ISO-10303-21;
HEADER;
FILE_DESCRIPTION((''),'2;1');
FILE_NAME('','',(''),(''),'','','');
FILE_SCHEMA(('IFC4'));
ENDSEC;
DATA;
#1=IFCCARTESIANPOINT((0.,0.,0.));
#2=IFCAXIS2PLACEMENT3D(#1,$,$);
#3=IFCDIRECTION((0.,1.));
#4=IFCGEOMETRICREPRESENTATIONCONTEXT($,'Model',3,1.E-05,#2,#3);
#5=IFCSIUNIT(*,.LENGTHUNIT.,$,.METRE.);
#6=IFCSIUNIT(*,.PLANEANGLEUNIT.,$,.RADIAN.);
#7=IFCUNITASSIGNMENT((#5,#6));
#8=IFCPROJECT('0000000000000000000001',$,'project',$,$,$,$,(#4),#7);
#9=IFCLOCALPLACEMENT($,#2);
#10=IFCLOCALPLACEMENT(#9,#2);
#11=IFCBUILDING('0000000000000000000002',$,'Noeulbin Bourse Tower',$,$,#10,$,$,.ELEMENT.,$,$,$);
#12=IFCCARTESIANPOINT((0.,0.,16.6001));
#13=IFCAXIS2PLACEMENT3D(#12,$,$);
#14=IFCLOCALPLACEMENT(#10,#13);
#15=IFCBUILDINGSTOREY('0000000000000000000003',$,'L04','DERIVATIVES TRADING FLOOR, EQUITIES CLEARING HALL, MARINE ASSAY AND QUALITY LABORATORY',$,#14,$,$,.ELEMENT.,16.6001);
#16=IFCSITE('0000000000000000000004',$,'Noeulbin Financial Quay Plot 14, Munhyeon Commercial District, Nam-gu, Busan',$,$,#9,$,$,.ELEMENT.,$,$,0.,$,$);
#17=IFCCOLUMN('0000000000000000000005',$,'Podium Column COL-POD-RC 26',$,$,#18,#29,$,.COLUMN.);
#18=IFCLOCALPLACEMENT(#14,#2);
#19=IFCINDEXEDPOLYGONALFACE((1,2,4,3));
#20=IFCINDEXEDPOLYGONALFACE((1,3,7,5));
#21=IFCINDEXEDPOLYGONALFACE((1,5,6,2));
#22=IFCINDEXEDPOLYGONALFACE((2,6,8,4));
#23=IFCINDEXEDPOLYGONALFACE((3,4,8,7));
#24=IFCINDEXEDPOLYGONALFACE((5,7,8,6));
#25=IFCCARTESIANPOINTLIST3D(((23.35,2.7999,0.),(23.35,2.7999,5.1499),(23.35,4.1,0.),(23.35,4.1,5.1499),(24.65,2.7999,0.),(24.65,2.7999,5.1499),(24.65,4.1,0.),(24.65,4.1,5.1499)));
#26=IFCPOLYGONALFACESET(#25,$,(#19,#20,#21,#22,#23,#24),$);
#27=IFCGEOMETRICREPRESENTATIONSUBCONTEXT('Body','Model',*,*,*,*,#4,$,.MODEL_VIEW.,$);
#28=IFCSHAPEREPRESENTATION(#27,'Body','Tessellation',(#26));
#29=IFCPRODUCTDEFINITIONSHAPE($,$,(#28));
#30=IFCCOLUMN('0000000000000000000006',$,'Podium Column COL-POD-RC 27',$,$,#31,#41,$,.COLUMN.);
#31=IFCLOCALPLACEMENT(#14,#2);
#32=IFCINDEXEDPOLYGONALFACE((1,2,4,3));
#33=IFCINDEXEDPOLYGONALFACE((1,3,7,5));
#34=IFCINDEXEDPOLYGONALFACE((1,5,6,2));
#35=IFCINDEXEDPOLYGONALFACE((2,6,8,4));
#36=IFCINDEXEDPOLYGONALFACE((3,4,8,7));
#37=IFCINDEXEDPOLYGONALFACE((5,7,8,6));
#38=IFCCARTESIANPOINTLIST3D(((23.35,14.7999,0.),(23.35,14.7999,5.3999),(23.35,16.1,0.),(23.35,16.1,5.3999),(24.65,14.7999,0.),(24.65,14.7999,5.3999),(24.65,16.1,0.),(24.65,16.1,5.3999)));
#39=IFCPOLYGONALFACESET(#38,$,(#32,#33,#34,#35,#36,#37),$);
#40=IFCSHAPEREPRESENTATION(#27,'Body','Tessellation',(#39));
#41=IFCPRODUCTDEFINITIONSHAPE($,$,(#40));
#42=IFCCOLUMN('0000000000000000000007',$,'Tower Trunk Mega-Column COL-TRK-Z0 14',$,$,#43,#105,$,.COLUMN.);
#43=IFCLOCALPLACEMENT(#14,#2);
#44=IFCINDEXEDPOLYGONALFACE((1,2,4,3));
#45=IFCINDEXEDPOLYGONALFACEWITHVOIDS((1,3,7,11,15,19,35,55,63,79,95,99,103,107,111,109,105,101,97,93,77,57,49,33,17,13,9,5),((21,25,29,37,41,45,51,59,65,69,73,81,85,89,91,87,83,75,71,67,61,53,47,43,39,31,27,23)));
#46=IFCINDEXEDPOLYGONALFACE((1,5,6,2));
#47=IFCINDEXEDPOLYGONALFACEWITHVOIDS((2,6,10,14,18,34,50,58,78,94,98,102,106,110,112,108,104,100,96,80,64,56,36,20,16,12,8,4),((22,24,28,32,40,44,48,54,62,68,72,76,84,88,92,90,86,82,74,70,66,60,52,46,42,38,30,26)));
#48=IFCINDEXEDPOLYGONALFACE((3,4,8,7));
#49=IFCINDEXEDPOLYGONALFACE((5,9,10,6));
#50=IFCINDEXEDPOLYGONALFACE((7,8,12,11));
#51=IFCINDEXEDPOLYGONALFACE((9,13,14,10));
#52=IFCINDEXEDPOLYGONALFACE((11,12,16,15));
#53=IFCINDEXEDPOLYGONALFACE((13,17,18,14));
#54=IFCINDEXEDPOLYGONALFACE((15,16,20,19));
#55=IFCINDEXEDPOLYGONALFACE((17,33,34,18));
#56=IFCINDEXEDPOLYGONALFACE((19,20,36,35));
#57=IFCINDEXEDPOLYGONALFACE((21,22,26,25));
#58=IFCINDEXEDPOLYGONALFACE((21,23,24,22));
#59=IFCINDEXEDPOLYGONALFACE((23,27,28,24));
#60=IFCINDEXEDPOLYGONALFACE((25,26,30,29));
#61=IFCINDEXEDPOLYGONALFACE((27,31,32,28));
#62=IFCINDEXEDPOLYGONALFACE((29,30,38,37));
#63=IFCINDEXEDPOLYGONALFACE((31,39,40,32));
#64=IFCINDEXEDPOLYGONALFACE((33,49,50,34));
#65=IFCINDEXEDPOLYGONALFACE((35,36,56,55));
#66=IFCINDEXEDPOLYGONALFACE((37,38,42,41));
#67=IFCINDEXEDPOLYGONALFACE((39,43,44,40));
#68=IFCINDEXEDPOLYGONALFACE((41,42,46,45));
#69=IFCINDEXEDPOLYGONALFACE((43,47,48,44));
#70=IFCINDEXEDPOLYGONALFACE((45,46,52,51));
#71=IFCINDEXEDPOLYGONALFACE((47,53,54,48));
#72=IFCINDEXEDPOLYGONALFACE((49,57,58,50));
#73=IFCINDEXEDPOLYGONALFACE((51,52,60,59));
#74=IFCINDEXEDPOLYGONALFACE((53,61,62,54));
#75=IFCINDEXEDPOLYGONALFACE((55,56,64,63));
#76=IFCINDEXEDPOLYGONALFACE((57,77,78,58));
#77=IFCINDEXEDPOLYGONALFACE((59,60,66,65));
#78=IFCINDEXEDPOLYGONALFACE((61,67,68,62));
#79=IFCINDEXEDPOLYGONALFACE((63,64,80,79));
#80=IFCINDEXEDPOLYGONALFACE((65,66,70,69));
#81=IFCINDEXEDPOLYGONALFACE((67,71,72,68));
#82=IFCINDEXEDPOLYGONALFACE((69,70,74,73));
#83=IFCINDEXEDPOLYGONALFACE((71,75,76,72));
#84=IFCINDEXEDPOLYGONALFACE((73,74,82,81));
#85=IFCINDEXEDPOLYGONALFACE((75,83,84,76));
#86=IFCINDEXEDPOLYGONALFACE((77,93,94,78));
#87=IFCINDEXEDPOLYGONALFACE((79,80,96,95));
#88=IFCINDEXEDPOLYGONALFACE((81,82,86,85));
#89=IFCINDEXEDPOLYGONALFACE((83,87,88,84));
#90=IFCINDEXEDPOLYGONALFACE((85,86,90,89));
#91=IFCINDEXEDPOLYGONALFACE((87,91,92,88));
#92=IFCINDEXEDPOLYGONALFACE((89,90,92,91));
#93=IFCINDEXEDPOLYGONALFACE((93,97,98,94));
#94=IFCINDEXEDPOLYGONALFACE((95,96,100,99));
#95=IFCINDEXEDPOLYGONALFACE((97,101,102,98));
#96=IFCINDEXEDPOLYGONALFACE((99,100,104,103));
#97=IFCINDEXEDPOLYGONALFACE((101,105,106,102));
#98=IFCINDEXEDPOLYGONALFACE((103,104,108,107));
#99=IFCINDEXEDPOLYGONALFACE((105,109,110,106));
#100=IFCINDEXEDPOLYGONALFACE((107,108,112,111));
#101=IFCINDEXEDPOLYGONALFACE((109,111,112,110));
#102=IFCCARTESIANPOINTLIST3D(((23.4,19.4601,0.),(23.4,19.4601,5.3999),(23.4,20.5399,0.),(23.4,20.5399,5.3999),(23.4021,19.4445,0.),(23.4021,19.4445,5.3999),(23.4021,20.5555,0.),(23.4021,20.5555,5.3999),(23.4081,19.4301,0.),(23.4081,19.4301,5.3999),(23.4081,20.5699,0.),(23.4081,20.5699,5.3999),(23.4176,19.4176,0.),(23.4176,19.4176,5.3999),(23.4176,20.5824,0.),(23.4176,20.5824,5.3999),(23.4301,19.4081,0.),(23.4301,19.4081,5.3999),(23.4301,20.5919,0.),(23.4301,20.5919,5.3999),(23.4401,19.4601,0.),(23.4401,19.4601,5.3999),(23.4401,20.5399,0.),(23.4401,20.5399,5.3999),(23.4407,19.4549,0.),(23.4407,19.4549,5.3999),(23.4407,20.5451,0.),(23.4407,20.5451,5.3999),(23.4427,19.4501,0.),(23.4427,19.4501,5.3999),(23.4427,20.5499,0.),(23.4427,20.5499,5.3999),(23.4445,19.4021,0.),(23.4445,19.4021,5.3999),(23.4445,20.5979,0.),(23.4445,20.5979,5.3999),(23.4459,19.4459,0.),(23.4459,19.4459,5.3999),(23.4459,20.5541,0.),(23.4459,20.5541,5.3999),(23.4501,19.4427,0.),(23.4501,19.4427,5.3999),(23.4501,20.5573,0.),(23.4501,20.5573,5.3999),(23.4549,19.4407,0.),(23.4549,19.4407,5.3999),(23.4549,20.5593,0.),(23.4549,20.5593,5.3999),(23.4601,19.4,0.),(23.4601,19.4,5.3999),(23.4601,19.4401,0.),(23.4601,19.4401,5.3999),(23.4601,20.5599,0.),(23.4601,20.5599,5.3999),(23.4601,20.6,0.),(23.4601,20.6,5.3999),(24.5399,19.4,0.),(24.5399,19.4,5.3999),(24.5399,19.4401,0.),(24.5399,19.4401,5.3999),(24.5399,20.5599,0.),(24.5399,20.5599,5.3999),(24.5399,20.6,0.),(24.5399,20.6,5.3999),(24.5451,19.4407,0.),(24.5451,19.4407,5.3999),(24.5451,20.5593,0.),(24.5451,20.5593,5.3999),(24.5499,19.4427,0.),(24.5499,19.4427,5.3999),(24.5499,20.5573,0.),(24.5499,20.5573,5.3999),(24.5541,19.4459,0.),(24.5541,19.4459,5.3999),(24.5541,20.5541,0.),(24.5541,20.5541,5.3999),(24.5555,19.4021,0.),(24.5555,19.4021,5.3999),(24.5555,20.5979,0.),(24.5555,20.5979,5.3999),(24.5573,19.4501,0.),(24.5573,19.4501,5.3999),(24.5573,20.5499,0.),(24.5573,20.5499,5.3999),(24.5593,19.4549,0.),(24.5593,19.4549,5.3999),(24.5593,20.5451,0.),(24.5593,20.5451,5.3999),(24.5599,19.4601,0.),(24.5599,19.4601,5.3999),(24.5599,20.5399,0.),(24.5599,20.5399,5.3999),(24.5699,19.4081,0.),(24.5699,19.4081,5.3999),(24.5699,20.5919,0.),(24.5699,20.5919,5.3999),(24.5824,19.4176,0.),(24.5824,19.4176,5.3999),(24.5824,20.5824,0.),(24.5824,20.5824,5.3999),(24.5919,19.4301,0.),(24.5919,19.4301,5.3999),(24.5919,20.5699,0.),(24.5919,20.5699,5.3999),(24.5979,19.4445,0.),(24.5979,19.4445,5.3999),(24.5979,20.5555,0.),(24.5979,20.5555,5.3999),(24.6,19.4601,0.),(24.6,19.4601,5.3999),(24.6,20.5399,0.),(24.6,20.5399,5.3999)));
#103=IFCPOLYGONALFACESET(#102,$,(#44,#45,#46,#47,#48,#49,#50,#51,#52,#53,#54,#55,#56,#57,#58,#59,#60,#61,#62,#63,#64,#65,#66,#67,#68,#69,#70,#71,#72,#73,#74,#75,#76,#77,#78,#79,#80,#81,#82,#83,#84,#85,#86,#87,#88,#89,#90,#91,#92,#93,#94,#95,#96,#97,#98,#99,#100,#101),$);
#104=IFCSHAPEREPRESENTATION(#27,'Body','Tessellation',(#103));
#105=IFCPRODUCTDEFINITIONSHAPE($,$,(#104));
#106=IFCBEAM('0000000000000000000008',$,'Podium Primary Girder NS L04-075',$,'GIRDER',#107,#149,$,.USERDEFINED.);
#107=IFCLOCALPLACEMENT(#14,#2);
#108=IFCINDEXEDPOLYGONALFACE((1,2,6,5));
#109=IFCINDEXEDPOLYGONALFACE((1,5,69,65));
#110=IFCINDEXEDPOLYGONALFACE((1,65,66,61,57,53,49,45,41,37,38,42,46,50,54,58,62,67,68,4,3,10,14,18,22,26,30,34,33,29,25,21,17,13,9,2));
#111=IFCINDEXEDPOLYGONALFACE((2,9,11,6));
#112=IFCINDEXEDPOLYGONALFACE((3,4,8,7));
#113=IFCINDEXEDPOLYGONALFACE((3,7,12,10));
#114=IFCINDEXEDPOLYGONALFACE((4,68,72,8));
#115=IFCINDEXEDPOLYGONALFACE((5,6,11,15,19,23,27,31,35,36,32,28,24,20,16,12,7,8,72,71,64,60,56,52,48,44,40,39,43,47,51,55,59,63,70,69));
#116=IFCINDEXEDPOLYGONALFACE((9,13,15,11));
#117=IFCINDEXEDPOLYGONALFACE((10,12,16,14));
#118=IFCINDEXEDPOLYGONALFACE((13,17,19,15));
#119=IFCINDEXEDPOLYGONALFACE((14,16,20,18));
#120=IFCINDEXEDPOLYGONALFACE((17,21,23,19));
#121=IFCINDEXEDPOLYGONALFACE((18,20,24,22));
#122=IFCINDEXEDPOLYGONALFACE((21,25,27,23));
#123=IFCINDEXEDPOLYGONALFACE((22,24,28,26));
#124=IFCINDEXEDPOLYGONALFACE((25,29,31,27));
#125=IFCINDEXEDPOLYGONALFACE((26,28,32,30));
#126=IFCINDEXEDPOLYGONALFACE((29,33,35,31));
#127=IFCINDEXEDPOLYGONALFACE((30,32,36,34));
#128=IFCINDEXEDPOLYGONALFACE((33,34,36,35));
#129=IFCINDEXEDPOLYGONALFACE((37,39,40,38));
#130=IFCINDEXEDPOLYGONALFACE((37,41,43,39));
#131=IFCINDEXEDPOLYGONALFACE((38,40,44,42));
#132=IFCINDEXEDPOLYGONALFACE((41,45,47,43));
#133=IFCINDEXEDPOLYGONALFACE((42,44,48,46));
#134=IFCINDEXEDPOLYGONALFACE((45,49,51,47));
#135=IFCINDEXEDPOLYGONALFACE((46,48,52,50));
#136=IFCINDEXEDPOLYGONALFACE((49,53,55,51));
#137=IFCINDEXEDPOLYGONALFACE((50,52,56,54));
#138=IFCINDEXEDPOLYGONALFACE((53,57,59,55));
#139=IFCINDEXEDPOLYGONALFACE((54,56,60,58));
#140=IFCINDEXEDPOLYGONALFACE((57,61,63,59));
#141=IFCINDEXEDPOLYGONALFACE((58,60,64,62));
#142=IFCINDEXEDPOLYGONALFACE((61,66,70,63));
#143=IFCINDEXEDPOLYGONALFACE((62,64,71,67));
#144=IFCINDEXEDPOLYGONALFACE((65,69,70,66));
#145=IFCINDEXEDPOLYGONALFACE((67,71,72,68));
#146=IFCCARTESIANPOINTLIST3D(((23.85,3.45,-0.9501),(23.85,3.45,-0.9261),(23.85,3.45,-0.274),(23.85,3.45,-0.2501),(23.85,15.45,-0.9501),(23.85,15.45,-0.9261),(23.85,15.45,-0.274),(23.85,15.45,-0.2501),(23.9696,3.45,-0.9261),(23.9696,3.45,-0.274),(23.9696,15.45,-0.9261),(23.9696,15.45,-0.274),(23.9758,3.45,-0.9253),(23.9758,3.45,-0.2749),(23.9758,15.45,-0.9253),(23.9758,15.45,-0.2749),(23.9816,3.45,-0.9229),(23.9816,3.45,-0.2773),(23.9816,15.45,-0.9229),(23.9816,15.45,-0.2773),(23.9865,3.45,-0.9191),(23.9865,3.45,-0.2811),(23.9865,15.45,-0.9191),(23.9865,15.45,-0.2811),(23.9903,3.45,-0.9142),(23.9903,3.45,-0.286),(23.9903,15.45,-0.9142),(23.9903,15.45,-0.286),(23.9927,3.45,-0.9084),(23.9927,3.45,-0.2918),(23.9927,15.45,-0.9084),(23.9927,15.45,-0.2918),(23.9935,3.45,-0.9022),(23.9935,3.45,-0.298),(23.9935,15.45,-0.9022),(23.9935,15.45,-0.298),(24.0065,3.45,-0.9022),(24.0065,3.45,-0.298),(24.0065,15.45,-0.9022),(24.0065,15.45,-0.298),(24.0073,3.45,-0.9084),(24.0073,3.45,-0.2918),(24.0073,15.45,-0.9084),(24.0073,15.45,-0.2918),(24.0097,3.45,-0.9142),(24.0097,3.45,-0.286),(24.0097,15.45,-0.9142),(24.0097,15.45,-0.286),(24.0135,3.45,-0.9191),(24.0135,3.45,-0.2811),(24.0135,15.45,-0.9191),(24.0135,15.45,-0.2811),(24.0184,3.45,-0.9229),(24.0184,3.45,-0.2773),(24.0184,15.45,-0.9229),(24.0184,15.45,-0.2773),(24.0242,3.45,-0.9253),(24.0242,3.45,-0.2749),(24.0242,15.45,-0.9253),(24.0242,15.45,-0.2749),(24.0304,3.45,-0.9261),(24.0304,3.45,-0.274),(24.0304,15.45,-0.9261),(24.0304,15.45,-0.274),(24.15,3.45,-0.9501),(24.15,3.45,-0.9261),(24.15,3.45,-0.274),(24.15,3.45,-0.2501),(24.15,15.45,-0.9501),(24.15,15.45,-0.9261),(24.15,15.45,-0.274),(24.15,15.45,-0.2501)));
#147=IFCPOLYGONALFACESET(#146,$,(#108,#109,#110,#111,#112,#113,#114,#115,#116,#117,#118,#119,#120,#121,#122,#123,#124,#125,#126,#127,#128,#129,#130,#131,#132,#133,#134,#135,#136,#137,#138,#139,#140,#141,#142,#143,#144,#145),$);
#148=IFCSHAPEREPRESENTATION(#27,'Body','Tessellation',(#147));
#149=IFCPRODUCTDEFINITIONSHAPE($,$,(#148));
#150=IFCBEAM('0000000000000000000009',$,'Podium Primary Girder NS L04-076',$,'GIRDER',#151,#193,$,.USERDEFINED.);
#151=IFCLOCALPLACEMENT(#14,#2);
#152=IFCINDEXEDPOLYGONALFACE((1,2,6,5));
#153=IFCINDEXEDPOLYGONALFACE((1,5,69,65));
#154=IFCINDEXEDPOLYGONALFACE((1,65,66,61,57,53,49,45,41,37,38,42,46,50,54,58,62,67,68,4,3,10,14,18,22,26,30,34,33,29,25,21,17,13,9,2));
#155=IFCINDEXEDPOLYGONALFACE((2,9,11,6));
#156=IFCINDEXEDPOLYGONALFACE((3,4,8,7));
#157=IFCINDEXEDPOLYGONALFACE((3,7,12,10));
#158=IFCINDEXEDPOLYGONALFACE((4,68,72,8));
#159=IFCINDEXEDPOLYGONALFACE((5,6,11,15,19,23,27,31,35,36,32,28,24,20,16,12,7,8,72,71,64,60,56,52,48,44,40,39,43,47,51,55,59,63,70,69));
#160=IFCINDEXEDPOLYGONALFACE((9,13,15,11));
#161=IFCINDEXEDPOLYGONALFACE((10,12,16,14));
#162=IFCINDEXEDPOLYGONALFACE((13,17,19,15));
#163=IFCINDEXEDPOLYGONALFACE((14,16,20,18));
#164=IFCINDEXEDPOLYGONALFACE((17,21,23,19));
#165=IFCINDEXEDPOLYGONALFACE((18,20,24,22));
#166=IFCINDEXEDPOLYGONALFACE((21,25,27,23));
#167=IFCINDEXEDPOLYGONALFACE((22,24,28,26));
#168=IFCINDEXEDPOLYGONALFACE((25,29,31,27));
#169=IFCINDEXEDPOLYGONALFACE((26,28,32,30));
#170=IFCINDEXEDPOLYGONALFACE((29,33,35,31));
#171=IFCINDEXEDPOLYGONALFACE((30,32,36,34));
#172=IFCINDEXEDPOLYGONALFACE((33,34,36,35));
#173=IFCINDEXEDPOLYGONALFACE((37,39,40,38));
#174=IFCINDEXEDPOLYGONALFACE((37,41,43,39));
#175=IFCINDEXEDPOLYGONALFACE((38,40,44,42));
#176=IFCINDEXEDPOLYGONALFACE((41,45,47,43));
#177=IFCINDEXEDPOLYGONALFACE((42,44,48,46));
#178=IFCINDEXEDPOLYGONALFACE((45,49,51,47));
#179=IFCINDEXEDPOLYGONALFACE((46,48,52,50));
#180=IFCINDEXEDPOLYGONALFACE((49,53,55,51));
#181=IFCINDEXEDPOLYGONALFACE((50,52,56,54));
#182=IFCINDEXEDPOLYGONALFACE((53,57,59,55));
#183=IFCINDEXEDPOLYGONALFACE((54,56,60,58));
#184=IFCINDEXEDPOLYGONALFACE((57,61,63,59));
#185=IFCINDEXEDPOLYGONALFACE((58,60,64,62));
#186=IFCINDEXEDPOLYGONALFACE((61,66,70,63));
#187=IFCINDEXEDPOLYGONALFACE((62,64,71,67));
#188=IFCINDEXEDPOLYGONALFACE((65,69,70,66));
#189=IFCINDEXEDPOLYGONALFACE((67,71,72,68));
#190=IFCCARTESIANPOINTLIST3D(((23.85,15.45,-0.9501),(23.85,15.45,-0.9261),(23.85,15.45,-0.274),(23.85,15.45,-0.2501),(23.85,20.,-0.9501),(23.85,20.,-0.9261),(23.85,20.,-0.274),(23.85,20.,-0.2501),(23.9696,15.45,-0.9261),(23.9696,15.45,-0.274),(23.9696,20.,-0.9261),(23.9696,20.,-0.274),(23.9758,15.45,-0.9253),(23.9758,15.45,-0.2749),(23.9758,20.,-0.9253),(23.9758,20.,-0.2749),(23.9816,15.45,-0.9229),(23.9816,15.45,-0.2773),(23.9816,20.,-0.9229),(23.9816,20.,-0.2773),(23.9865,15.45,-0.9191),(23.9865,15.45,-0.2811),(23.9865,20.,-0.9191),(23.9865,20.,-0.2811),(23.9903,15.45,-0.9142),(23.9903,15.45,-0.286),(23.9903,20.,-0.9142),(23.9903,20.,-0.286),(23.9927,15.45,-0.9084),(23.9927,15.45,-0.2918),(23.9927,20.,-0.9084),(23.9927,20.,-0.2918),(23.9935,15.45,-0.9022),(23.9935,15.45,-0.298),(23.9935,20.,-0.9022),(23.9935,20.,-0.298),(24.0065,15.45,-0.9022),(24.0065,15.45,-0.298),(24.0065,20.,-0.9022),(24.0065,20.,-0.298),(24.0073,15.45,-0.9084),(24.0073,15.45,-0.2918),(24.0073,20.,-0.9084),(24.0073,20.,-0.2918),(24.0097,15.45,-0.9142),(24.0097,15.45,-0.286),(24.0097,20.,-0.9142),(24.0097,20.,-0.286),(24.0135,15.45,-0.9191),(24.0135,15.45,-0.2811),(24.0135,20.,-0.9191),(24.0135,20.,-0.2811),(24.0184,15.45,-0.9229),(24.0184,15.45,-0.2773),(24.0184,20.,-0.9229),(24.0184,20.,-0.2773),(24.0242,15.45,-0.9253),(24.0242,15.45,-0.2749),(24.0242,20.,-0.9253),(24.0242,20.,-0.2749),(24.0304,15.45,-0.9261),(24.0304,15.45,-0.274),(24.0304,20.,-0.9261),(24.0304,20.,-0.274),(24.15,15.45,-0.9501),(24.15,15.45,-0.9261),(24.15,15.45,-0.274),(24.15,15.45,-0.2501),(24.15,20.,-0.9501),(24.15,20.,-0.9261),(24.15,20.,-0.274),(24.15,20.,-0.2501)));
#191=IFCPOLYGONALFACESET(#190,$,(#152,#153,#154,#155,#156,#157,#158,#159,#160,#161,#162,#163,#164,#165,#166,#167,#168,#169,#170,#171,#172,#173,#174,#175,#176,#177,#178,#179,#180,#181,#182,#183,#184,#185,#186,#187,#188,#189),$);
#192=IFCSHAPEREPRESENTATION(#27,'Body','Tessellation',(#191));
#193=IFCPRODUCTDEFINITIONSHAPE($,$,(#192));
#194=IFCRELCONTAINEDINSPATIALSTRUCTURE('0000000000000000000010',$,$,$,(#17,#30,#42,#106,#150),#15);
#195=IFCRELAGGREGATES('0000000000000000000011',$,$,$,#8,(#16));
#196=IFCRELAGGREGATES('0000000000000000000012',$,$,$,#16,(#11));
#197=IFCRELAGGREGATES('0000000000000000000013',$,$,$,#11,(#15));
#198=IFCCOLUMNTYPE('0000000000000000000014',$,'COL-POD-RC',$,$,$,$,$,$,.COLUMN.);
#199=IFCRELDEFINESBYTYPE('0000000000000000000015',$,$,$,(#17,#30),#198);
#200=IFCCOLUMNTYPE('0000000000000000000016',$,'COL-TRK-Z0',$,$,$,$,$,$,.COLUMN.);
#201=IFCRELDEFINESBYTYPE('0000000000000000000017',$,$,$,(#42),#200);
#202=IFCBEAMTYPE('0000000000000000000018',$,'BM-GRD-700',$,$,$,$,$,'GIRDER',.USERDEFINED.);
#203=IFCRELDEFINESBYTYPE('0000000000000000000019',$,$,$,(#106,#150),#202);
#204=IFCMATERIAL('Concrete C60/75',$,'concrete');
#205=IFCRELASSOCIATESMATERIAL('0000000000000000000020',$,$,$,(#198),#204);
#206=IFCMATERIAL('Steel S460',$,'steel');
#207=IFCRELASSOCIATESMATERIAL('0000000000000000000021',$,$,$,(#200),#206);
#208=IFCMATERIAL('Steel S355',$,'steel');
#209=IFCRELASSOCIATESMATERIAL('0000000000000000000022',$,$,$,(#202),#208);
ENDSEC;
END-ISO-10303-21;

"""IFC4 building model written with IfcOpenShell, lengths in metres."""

from ifc_helpers import new_model, si_unit, direction, frame, origin, origin_2d, place, context, subcontext, project, spatial, rectangle, hollow_rectangle, i_section, extrude, material, material_profile, profile_set, type_object, element, save


model = new_model("IFC4")

# Units and contexts
model_context = context("Model", 3, precision=1e-05, world=origin(), true_north=direction((0.0, 1.0)))
body_context = subcontext(model_context, "Body", "Model", "MODEL_VIEW")
ifc_project = project(units=[si_unit("LENGTHUNIT", "METRE"), si_unit("PLANEANGLEUNIT", "RADIAN")], contexts=[model_context])

# Site, building, storey
site_placement = place(None, origin())
site = spatial("IfcSite", under=ifc_project, at=site_placement, Name="Noeulbin Financial Quay Plot 14, Munhyeon Commercial District, Nam-gu, Busan", CompositionType="ELEMENT", RefElevation=0.0)
building_placement = place(site_placement, origin())
building = spatial("IfcBuilding", under=site, at=building_placement, Name="Noeulbin Bourse Tower", CompositionType="ELEMENT")
storey_placement = place(building_placement, frame((0.0, 0.0, 16.6001)))
storey = spatial("IfcBuildingStorey", under=building, at=storey_placement, Name="L04", Description="DERIVATIVES TRADING FLOOR, EQUITIES CLEARING HALL, MARINE ASSAY AND QUALITY LABORATORY", CompositionType="ELEMENT", Elevation=16.6001)

# Columns
ifc_material_1 = material(Name="Concrete C60/75", Category="concrete")
ifc_material_profile_1 = material_profile(ifc_material_1, rectangle(XDim=1.3, YDim=1.3, at=origin_2d()), Name="RC-COL-1300x1300", Category="LoadBearing")
ifc_profile_set_1 = profile_set([ifc_material_profile_1], Name="Concrete C60/75")
column_type_1 = type_object("IfcColumnType", Name="COL-POD-RC", PredefinedType="COLUMN", material=ifc_profile_set_1)
column_1_placement = place(storey_placement, frame((24.0, 3.45, 0.0), z_axis=(0.0, 0.0, 1.0), x_axis=(1.0, 0.0, 0.0)))
element("IfcColumn", 1, at=column_1_placement, inside=storey, type_object=column_type_1, Name="Podium Column COL-POD-RC 26", PredefinedType="COLUMN", context=body_context, shape_type="SweptSolid", body=[
    extrude(rectangle(XDim=1.3, YDim=1.3, at=origin_2d()), origin(), (0.0, 0.0, 1.0), 5.1499),
])
column_2_placement = place(storey_placement, frame((24.0, 15.45, 0.0), z_axis=(0.0, 0.0, 1.0), x_axis=(1.0, 0.0, 0.0)))
element("IfcColumn", 2, at=column_2_placement, inside=storey, type_object=column_type_1, Name="Podium Column COL-POD-RC 27", PredefinedType="COLUMN", context=body_context, shape_type="SweptSolid", body=[
    extrude(rectangle(XDim=1.3, YDim=1.3, at=origin_2d()), origin(), (0.0, 0.0, 1.0), 5.3999),
])
ifc_material_2 = material(Name="Steel S460", Category="steel")
ifc_material_profile_2 = material_profile(ifc_material_2, hollow_rectangle(XDim=1.2, YDim=1.2, WallThickness=0.04, InnerFilletRadius=0.02, OuterFilletRadius=0.0601, at=origin_2d()), Name="BOX-1200x1200x40", Category="LoadBearing")
ifc_profile_set_2 = profile_set([ifc_material_profile_2], Name="Steel S460")
column_type_2 = type_object("IfcColumnType", Name="COL-TRK-Z0", PredefinedType="COLUMN", material=ifc_profile_set_2)
column_3_placement = place(storey_placement, frame((24.0, 20.0, 0.0), z_axis=(0.0, 0.0, 1.0), x_axis=(1.0, 0.0, 0.0)))
element("IfcColumn", 3, at=column_3_placement, inside=storey, type_object=column_type_2, Name="Tower Trunk Mega-Column COL-TRK-Z0 14", PredefinedType="COLUMN", context=body_context, shape_type="SweptSolid", body=[
    extrude(hollow_rectangle(XDim=1.2, YDim=1.2, WallThickness=0.04, InnerFilletRadius=0.02, OuterFilletRadius=0.0601, at=origin_2d()), origin(), (0.0, 0.0, 1.0), 5.3999),
])

# Beams
ifc_material_3 = material(Name="Steel S355", Category="steel")
ifc_material_profile_3 = material_profile(ifc_material_3, i_section(OverallWidth=0.3, OverallDepth=0.7, WebThickness=0.0129, FlangeThickness=0.0239, FilletRadius=0.0239, at=origin_2d()), Name="H-700x300x13x24", Category="LoadBearing")
ifc_profile_set_3 = profile_set([ifc_material_profile_3], Name="Steel S355")
beam_type_1 = type_object("IfcBeamType", Name="BM-GRD-700", ElementType="GIRDER", PredefinedType="USERDEFINED", material=ifc_profile_set_3)
beam_1_placement = place(storey_placement, frame((24.0, 3.45, -0.6001), z_axis=(0.0, 1.0, 0.0), x_axis=(-1.0, 0.0, 0.0)))
element("IfcBeam", 4, at=beam_1_placement, inside=storey, type_object=beam_type_1, Name="Podium Primary Girder NS L04-075", ObjectType="GIRDER", PredefinedType="USERDEFINED", context=body_context, shape_type="SweptSolid", body=[
    extrude(i_section(OverallWidth=0.3, OverallDepth=0.7, WebThickness=0.0129, FlangeThickness=0.0239, FilletRadius=0.0239, at=origin_2d()), origin(), (0.0, 0.0, 1.0), 12.0),
])
beam_2_placement = place(storey_placement, frame((24.0, 15.45, -0.6001), z_axis=(0.0, 1.0, 0.0), x_axis=(-1.0, 0.0, 0.0)))
element("IfcBeam", 5, at=beam_2_placement, inside=storey, type_object=beam_type_1, Name="Podium Primary Girder NS L04-076", ObjectType="GIRDER", PredefinedType="USERDEFINED", context=body_context, shape_type="SweptSolid", body=[
    extrude(i_section(OverallWidth=0.3, OverallDepth=0.7, WebThickness=0.0129, FlangeThickness=0.0239, FilletRadius=0.0239, at=origin_2d()), origin(), (0.0, 0.0, 1.0), 4.55),
])

save(model, "model.ifc")
